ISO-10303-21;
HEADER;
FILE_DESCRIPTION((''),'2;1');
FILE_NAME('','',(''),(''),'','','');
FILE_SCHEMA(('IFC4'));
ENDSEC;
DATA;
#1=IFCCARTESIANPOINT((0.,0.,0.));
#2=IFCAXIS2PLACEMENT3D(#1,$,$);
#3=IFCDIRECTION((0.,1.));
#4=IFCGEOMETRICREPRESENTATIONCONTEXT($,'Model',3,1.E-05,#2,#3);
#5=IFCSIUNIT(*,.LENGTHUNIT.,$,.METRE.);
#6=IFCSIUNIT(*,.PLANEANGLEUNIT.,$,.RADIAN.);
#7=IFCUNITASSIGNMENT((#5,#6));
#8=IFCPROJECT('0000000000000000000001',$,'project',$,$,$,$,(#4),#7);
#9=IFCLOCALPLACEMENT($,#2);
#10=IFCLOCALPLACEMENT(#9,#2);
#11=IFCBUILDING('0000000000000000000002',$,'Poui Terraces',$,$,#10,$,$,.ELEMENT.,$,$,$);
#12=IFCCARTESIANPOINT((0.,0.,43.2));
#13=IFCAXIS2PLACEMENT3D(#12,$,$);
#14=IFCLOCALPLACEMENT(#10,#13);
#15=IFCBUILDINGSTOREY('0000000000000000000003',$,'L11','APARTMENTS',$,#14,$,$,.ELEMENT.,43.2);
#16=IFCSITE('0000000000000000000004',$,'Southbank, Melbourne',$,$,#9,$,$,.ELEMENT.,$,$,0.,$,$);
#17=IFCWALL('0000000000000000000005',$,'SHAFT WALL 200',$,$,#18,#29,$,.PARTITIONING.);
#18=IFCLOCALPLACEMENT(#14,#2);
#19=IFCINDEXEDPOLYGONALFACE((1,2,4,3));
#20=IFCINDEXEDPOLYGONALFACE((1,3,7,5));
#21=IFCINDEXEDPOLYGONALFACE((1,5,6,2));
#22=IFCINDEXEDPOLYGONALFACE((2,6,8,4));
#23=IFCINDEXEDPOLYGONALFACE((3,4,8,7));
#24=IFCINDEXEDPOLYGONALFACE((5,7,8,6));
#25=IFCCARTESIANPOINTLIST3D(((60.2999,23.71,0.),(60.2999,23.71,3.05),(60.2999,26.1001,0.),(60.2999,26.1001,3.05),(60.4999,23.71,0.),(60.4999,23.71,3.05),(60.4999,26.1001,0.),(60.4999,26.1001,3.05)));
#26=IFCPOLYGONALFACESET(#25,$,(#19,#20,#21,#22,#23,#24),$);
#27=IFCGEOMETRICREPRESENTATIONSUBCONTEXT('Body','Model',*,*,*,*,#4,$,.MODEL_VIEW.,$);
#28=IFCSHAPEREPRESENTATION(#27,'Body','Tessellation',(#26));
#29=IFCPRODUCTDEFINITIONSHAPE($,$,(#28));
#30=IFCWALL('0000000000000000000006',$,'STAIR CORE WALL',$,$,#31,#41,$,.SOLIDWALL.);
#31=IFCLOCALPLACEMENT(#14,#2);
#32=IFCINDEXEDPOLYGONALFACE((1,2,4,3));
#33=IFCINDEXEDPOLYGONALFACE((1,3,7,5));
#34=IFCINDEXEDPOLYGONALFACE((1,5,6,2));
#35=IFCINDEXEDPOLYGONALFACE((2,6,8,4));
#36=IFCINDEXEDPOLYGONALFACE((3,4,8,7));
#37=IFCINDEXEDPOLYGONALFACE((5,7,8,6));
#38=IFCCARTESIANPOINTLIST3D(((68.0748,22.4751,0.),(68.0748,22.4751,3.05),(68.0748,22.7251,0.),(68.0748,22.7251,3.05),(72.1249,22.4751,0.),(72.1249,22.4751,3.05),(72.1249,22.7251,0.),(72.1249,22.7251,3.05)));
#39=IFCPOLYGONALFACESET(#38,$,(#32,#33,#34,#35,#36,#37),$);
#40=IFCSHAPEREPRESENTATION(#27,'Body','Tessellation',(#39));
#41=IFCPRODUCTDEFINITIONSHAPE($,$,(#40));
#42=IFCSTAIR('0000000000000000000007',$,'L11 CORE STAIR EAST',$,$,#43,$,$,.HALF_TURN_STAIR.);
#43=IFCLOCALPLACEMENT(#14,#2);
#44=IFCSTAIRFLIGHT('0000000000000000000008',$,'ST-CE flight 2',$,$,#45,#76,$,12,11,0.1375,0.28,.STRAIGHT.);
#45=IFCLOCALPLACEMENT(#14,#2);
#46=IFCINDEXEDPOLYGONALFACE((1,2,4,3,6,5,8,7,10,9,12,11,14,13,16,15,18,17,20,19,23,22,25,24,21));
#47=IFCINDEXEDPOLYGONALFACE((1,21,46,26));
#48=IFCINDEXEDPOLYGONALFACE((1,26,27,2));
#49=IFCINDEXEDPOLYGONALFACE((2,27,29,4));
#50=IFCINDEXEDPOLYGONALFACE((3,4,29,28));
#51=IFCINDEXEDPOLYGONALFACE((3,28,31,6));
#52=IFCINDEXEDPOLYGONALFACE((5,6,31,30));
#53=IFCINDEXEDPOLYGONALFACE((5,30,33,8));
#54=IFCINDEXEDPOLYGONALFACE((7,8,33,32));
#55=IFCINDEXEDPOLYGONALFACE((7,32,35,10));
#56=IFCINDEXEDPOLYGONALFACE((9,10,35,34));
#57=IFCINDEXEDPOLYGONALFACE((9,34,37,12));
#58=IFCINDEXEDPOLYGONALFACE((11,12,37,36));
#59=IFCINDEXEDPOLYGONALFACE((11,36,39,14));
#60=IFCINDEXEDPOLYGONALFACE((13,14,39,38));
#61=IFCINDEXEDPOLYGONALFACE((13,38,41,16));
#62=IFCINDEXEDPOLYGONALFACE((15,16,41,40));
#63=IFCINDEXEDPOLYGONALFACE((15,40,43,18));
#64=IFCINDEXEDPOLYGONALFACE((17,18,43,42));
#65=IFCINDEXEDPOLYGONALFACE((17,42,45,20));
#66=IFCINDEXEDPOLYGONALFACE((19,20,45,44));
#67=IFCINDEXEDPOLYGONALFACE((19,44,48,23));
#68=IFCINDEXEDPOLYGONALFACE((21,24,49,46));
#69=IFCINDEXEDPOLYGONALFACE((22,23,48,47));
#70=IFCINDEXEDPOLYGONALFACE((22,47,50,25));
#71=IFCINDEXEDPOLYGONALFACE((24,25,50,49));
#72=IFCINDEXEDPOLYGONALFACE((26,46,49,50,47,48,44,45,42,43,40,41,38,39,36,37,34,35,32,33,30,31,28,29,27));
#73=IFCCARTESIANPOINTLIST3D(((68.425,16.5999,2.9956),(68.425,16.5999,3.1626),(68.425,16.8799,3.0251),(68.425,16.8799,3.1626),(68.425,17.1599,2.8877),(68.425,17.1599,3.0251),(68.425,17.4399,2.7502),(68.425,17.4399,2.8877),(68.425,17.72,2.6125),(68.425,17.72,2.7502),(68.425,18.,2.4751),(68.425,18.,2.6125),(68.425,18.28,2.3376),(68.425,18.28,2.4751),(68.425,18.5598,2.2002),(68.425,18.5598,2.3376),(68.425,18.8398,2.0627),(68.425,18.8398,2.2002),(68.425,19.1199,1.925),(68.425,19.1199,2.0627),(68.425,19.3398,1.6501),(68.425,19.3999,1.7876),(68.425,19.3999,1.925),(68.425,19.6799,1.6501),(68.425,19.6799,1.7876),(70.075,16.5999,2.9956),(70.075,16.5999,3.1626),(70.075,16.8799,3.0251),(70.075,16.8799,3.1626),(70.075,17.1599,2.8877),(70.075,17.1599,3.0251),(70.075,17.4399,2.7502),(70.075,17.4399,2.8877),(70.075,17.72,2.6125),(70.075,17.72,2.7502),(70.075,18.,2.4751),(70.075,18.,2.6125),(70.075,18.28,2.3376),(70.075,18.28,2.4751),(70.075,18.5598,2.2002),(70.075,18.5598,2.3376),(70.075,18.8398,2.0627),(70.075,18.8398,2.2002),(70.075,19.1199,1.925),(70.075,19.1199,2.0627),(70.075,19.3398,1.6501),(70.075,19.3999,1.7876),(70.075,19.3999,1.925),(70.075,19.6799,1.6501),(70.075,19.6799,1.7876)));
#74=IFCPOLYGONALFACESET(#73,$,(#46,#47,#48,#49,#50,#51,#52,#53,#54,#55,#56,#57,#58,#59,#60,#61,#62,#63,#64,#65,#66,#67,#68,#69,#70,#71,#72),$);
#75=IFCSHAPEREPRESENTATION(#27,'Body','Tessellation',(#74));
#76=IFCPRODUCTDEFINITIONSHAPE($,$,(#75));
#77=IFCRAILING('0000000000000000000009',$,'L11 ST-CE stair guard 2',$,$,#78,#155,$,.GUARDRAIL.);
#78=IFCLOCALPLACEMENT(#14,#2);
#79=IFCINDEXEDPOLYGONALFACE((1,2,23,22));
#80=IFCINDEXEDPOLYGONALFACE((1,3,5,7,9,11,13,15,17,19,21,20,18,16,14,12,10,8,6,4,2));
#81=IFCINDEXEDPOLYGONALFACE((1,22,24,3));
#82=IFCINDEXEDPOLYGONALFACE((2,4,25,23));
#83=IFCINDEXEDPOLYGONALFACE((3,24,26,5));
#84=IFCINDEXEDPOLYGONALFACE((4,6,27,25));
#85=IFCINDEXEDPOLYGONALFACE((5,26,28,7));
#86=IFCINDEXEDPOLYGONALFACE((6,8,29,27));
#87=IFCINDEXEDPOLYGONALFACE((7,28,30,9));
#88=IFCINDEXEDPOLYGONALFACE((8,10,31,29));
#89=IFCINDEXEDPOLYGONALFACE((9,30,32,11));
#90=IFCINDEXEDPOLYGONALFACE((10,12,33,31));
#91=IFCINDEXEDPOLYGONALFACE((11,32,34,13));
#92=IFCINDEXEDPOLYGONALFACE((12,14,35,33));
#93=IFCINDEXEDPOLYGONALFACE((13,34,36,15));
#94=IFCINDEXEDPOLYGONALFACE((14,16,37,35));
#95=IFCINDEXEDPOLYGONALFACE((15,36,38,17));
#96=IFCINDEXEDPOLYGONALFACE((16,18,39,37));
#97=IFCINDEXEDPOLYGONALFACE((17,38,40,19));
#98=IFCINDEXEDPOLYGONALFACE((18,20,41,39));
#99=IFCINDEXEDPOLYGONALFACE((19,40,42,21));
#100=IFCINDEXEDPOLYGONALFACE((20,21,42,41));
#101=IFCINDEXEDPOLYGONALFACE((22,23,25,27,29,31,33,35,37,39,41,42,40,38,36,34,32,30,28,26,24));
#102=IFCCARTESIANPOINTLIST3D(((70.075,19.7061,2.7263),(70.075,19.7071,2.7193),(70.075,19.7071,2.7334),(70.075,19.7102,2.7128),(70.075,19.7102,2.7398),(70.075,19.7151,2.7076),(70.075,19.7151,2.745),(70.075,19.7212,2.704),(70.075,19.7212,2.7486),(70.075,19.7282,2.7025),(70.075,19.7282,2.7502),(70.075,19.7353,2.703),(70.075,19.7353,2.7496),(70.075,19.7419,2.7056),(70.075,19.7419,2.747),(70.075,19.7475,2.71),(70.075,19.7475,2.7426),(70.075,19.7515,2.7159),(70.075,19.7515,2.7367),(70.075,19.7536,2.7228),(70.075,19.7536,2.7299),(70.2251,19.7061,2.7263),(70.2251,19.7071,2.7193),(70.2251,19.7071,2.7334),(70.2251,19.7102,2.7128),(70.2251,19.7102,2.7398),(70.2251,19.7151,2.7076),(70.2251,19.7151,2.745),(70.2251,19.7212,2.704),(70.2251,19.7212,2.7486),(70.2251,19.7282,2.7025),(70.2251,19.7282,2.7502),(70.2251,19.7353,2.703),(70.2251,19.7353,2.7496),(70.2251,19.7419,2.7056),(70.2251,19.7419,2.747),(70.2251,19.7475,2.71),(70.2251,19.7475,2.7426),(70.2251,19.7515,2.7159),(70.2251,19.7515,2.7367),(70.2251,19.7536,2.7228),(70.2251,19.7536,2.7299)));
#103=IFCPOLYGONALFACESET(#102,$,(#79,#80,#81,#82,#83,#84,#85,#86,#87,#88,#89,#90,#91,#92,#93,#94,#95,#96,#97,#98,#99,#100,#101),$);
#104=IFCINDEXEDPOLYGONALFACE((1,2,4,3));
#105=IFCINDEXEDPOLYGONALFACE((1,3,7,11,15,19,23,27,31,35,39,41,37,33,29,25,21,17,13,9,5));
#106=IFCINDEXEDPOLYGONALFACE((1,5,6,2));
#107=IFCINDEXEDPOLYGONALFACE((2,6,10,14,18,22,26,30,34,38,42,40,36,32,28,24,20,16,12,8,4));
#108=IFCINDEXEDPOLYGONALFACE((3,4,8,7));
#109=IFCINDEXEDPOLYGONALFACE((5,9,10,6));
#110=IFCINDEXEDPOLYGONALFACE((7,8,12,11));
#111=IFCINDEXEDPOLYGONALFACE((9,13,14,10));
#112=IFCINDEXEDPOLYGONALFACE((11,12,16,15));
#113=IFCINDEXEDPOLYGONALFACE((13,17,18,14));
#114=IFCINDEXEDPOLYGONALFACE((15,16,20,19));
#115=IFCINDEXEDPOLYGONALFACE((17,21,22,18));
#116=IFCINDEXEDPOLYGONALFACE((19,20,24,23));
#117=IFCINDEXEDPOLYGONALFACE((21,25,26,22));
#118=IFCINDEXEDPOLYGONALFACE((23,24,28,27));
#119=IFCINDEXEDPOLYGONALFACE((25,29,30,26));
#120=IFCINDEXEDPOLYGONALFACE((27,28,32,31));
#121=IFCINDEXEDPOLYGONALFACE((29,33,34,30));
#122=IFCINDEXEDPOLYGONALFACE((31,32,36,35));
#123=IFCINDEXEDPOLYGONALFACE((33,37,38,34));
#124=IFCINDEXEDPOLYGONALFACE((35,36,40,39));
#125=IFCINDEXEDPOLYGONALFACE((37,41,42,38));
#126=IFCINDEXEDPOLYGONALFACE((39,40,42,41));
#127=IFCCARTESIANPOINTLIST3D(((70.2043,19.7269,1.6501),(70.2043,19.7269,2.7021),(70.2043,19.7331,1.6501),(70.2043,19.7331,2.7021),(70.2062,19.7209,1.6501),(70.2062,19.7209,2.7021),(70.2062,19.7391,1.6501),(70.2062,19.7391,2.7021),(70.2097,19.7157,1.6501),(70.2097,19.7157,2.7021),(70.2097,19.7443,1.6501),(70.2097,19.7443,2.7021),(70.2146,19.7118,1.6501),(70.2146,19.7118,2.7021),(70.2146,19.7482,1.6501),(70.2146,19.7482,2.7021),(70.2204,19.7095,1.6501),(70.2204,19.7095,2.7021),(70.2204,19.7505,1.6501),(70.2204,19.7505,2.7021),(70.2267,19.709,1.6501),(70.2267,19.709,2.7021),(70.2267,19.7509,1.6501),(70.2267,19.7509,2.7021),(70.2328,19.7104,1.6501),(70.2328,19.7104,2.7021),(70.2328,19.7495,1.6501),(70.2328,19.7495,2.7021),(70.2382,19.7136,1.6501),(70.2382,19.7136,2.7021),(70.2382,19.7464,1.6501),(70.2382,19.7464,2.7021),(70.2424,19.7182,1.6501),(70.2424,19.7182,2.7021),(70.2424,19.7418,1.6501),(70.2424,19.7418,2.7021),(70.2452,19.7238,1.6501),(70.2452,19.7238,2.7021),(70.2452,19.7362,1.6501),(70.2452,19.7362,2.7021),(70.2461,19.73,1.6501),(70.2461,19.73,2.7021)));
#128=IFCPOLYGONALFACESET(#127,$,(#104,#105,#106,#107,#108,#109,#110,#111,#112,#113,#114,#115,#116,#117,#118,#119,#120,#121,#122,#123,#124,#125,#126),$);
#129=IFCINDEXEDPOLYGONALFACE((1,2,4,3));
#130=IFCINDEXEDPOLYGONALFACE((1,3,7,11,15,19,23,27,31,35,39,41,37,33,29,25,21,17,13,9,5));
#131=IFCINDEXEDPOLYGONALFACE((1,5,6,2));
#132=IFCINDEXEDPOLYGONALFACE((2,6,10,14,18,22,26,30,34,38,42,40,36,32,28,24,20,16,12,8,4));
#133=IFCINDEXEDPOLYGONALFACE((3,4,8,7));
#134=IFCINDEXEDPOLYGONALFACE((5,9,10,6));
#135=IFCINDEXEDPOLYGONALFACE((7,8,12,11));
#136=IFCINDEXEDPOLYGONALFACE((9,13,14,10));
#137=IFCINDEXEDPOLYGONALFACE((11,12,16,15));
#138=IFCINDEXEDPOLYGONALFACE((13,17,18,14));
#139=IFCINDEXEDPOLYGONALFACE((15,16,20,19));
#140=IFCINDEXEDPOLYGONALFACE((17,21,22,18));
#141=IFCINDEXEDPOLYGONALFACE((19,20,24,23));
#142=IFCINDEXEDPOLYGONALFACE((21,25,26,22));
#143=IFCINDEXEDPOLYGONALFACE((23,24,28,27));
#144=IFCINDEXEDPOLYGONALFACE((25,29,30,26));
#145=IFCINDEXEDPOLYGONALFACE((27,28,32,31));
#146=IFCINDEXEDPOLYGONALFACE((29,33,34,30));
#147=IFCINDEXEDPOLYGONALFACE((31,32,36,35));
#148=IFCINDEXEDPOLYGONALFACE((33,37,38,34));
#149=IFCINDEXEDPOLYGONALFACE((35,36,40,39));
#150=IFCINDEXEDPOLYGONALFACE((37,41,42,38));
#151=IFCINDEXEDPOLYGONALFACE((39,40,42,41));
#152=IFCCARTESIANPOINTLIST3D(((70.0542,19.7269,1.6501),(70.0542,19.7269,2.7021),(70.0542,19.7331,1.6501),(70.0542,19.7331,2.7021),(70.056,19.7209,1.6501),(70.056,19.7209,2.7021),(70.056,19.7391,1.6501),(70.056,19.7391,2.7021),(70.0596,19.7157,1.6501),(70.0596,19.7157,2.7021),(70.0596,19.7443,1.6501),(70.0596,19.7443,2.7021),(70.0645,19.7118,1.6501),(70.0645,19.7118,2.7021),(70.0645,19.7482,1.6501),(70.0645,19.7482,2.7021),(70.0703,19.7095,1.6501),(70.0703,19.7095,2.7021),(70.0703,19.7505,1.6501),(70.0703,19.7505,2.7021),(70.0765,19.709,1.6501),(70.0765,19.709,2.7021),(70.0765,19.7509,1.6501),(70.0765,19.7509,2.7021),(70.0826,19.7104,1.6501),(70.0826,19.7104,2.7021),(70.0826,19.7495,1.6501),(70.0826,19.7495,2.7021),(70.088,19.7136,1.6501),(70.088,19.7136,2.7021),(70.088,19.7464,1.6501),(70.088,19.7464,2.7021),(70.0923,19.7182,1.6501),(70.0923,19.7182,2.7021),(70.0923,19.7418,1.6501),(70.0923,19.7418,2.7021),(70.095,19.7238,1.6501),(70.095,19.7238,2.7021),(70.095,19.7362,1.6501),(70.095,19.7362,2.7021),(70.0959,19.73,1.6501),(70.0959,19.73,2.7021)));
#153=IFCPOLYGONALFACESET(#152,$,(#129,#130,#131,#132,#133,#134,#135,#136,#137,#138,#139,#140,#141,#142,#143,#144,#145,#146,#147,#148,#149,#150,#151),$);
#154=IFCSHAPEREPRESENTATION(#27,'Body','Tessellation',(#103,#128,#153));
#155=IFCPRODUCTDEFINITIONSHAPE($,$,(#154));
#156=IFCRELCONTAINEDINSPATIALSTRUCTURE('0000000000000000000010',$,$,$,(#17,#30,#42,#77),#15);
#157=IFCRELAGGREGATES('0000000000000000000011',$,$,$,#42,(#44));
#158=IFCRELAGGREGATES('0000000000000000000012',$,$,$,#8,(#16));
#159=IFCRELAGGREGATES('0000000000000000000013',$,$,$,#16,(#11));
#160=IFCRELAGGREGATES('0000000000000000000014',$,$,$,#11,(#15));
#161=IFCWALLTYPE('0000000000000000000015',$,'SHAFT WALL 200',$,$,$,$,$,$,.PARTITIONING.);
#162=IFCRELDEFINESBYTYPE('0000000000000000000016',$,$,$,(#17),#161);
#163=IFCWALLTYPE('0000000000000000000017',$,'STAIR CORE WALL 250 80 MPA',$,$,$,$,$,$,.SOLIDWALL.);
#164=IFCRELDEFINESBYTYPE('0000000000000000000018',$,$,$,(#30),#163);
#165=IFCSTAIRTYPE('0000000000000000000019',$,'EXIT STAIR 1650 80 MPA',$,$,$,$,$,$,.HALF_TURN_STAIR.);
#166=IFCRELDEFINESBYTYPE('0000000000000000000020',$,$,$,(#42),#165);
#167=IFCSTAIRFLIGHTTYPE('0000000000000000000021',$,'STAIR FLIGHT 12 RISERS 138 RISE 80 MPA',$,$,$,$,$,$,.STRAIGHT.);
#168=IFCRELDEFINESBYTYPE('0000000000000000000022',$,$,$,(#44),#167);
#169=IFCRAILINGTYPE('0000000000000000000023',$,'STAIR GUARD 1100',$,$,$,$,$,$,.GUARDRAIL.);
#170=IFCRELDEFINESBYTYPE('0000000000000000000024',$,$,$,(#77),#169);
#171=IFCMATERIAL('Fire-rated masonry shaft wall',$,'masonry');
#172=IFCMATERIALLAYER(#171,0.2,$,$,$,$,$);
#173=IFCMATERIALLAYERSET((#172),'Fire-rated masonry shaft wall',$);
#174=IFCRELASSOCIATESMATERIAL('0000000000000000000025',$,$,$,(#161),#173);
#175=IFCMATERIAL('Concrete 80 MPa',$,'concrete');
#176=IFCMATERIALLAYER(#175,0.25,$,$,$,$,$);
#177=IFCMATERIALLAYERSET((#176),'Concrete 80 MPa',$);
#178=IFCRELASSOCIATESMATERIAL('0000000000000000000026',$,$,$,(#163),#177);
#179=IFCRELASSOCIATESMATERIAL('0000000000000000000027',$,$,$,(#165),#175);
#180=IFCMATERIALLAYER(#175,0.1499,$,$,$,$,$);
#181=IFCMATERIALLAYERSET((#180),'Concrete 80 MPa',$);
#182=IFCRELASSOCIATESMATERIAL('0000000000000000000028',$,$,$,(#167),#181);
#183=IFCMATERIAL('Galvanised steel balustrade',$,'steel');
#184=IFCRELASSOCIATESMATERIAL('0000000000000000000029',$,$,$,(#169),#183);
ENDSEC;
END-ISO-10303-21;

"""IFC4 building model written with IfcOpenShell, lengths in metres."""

from ifc_helpers import new_model, si_unit, direction, frame, frame_2d, origin, origin_2d, place, context, subcontext, project, spatial, polyline, rectangle, circle, outline, extrude, material, layer, layer_set, type_object, element, aggregate, save


model = new_model("IFC4")

# Units and contexts
model_context = context("Model", 3, precision=1e-05, world=origin(), true_north=direction((0.0, 1.0)))
body_context = subcontext(model_context, "Body", "Model", "MODEL_VIEW")
ifc_project = project(units=[si_unit("LENGTHUNIT", "METRE"), si_unit("PLANEANGLEUNIT", "RADIAN")], contexts=[model_context])

# Site, building, storey
site_placement = place(None, origin())
site = spatial("IfcSite", under=ifc_project, at=site_placement, Name="Southbank, Melbourne", CompositionType="ELEMENT", RefElevation=0.0)
building_placement = place(site_placement, origin())
building = spatial("IfcBuilding", under=site, at=building_placement, Name="Poui Terraces", CompositionType="ELEMENT")
storey_placement = place(building_placement, frame((0.0, 0.0, 43.2)))
storey = spatial("IfcBuildingStorey", under=building, at=storey_placement, Name="L11", Description="APARTMENTS", CompositionType="ELEMENT", Elevation=43.2)

# Shared definitions
ifc_material_1 = material(Name="Concrete 80 MPa", Category="concrete")

# Walls
ifc_material_2 = material(Name="Fire-rated masonry shaft wall", Category="masonry")
ifc_layer_1 = layer(ifc_material_2, 0.2)
ifc_layer_set_1 = layer_set([ifc_layer_1], Name="Fire-rated masonry shaft wall")
wall_type_1 = type_object("IfcWallType", Name="SHAFT WALL 200", PredefinedType="PARTITIONING", material=ifc_layer_set_1)
for number, where, z_axis, x_axis, name in (
    (1, (60.3999, 23.71, 0.0), (0.0, 0.0, 1.0), (0.0, 1.0, 0.0), "SHAFT WALL 200"),
):
    element("IfcWall", number, at=place(storey_placement, frame(where, z_axis=z_axis, x_axis=x_axis)), inside=storey, type_object=wall_type_1, Name=name, PredefinedType="PARTITIONING", context=body_context, shape_type="SweptSolid", body=[
        extrude(rectangle(XDim=2.3901, YDim=0.2, at=frame_2d((1.1951, 0.0))), origin(), (0.0, 0.0, 1.0), 3.05),
    ])
ifc_layer_2 = layer(ifc_material_1, 0.25)
ifc_layer_set_2 = layer_set([ifc_layer_2], Name="Concrete 80 MPa")
wall_type_2 = type_object("IfcWallType", Name="STAIR CORE WALL 250 80 MPA", PredefinedType="SOLIDWALL", material=ifc_layer_set_2)
wall_1_placement = place(storey_placement, frame((68.075, 22.6001, 0.0), z_axis=(0.0, 0.0, 1.0), x_axis=(1.0, 0.0, 0.0)))
element("IfcWall", 2, at=wall_1_placement, inside=storey, type_object=wall_type_2, Name="STAIR CORE WALL", PredefinedType="SOLIDWALL", context=body_context, shape_type="SweptSolid", body=[
    extrude(rectangle(XDim=4.05, YDim=0.25, at=frame_2d((2.0249, 0.0))), origin(), (0.0, 0.0, 1.0), 3.05),
])

# Stair, stair flight
stair_type = type_object("IfcStairType", Name="EXIT STAIR 1650 80 MPA", PredefinedType="HALF_TURN_STAIR", material=ifc_material_1)
stair_placement = place(storey_placement, origin())
stair = element("IfcStair", 3, at=stair_placement, inside=storey, type_object=stair_type, Name="L11 CORE STAIR EAST", PredefinedType="HALF_TURN_STAIR")
ifc_layer_3 = layer(ifc_material_1, 0.1499)
ifc_layer_set_3 = layer_set([ifc_layer_3], Name="Concrete 80 MPa")
stair_flight_type = type_object("IfcStairFlightType", Name="STAIR FLIGHT 12 RISERS 138 RISE 80 MPA", PredefinedType="STRAIGHT", material=ifc_layer_set_3)
stair_flight_placement = place(storey_placement, frame((69.25, 19.6799, 1.6501), z_axis=(0.0, 0.0, 1.0), x_axis=(0.0, -1.0, 0.0)))
stair_flight = element("IfcStairFlight", 4, at=stair_flight_placement, type_object=stair_flight_type, Name="ST-CE flight 2", NumberOfRisers=12, NumberOfTreads=11, PredefinedType="STRAIGHT", RiserHeight=0.1375, TreadLength=0.28, context=body_context, shape_type="SweptSolid", body=[
    extrude(outline(polyline([(0.0, 0.0), (0.0, 0.1375), (0.28, 0.1375), (0.28, 0.2749), (0.5601, 0.2749), (0.5601, 0.4126), (0.8401, 0.4126), (0.8401, 0.55), (1.1201, 0.55), (1.1201, 0.6875), (1.3999, 0.6875), (1.3999, 0.825), (1.6799, 0.825), (1.6799, 0.9624), (1.96, 0.9624), (1.96, 1.1001), (2.24, 1.1001), (2.24, 1.2375), (2.52, 1.2375), (2.52, 1.375), (2.8, 1.375), (2.8, 1.5125), (3.0801, 1.5125), (3.0801, 1.6499), (3.0801, 1.3455), (0.3401, 0.0), (0.0, 0.0)])), frame((0.0, 0.825, 0.0), z_axis=(0.0, -1.0, 0.0), x_axis=(1.0, 0.0, 0.0)), (0.0, 0.0, 1.0), 1.6499),
])
aggregate(stair, [stair_flight])

# Railing
ifc_material_3 = material(Name="Galvanised steel balustrade", Category="steel")
railing_type_1 = type_object("IfcRailingType", Name="STAIR GUARD 1100", PredefinedType="GUARDRAIL", material=ifc_material_3)
railing_1_placement = place(storey_placement, frame((70.2251, 19.73, 1.6501)))
element("IfcRailing", 5, at=railing_1_placement, inside=storey, type_object=railing_type_1, Name="L11 ST-CE stair guard 2", PredefinedType="GUARDRAIL", context=body_context, shape_type="SweptSolid", body=[
    extrude(circle(Radius=0.0239, at=origin_2d()), frame((0.0, 0.0, 1.0762), z_axis=(-1.0, 0.0, 0.0), x_axis=(0.0, -1.0, 0.0)), (0.0, 0.0, 1.0), 0.1501),
    extrude(circle(Radius=0.021, at=origin_2d()), origin(), (0.0, 0.0, 1.0), 1.052),
    extrude(circle(Radius=0.021, at=origin_2d()), frame((-0.1501, 0.0, 0.0)), (0.0, 0.0, 1.0), 1.052),
])

save(model, "model.ifc")
